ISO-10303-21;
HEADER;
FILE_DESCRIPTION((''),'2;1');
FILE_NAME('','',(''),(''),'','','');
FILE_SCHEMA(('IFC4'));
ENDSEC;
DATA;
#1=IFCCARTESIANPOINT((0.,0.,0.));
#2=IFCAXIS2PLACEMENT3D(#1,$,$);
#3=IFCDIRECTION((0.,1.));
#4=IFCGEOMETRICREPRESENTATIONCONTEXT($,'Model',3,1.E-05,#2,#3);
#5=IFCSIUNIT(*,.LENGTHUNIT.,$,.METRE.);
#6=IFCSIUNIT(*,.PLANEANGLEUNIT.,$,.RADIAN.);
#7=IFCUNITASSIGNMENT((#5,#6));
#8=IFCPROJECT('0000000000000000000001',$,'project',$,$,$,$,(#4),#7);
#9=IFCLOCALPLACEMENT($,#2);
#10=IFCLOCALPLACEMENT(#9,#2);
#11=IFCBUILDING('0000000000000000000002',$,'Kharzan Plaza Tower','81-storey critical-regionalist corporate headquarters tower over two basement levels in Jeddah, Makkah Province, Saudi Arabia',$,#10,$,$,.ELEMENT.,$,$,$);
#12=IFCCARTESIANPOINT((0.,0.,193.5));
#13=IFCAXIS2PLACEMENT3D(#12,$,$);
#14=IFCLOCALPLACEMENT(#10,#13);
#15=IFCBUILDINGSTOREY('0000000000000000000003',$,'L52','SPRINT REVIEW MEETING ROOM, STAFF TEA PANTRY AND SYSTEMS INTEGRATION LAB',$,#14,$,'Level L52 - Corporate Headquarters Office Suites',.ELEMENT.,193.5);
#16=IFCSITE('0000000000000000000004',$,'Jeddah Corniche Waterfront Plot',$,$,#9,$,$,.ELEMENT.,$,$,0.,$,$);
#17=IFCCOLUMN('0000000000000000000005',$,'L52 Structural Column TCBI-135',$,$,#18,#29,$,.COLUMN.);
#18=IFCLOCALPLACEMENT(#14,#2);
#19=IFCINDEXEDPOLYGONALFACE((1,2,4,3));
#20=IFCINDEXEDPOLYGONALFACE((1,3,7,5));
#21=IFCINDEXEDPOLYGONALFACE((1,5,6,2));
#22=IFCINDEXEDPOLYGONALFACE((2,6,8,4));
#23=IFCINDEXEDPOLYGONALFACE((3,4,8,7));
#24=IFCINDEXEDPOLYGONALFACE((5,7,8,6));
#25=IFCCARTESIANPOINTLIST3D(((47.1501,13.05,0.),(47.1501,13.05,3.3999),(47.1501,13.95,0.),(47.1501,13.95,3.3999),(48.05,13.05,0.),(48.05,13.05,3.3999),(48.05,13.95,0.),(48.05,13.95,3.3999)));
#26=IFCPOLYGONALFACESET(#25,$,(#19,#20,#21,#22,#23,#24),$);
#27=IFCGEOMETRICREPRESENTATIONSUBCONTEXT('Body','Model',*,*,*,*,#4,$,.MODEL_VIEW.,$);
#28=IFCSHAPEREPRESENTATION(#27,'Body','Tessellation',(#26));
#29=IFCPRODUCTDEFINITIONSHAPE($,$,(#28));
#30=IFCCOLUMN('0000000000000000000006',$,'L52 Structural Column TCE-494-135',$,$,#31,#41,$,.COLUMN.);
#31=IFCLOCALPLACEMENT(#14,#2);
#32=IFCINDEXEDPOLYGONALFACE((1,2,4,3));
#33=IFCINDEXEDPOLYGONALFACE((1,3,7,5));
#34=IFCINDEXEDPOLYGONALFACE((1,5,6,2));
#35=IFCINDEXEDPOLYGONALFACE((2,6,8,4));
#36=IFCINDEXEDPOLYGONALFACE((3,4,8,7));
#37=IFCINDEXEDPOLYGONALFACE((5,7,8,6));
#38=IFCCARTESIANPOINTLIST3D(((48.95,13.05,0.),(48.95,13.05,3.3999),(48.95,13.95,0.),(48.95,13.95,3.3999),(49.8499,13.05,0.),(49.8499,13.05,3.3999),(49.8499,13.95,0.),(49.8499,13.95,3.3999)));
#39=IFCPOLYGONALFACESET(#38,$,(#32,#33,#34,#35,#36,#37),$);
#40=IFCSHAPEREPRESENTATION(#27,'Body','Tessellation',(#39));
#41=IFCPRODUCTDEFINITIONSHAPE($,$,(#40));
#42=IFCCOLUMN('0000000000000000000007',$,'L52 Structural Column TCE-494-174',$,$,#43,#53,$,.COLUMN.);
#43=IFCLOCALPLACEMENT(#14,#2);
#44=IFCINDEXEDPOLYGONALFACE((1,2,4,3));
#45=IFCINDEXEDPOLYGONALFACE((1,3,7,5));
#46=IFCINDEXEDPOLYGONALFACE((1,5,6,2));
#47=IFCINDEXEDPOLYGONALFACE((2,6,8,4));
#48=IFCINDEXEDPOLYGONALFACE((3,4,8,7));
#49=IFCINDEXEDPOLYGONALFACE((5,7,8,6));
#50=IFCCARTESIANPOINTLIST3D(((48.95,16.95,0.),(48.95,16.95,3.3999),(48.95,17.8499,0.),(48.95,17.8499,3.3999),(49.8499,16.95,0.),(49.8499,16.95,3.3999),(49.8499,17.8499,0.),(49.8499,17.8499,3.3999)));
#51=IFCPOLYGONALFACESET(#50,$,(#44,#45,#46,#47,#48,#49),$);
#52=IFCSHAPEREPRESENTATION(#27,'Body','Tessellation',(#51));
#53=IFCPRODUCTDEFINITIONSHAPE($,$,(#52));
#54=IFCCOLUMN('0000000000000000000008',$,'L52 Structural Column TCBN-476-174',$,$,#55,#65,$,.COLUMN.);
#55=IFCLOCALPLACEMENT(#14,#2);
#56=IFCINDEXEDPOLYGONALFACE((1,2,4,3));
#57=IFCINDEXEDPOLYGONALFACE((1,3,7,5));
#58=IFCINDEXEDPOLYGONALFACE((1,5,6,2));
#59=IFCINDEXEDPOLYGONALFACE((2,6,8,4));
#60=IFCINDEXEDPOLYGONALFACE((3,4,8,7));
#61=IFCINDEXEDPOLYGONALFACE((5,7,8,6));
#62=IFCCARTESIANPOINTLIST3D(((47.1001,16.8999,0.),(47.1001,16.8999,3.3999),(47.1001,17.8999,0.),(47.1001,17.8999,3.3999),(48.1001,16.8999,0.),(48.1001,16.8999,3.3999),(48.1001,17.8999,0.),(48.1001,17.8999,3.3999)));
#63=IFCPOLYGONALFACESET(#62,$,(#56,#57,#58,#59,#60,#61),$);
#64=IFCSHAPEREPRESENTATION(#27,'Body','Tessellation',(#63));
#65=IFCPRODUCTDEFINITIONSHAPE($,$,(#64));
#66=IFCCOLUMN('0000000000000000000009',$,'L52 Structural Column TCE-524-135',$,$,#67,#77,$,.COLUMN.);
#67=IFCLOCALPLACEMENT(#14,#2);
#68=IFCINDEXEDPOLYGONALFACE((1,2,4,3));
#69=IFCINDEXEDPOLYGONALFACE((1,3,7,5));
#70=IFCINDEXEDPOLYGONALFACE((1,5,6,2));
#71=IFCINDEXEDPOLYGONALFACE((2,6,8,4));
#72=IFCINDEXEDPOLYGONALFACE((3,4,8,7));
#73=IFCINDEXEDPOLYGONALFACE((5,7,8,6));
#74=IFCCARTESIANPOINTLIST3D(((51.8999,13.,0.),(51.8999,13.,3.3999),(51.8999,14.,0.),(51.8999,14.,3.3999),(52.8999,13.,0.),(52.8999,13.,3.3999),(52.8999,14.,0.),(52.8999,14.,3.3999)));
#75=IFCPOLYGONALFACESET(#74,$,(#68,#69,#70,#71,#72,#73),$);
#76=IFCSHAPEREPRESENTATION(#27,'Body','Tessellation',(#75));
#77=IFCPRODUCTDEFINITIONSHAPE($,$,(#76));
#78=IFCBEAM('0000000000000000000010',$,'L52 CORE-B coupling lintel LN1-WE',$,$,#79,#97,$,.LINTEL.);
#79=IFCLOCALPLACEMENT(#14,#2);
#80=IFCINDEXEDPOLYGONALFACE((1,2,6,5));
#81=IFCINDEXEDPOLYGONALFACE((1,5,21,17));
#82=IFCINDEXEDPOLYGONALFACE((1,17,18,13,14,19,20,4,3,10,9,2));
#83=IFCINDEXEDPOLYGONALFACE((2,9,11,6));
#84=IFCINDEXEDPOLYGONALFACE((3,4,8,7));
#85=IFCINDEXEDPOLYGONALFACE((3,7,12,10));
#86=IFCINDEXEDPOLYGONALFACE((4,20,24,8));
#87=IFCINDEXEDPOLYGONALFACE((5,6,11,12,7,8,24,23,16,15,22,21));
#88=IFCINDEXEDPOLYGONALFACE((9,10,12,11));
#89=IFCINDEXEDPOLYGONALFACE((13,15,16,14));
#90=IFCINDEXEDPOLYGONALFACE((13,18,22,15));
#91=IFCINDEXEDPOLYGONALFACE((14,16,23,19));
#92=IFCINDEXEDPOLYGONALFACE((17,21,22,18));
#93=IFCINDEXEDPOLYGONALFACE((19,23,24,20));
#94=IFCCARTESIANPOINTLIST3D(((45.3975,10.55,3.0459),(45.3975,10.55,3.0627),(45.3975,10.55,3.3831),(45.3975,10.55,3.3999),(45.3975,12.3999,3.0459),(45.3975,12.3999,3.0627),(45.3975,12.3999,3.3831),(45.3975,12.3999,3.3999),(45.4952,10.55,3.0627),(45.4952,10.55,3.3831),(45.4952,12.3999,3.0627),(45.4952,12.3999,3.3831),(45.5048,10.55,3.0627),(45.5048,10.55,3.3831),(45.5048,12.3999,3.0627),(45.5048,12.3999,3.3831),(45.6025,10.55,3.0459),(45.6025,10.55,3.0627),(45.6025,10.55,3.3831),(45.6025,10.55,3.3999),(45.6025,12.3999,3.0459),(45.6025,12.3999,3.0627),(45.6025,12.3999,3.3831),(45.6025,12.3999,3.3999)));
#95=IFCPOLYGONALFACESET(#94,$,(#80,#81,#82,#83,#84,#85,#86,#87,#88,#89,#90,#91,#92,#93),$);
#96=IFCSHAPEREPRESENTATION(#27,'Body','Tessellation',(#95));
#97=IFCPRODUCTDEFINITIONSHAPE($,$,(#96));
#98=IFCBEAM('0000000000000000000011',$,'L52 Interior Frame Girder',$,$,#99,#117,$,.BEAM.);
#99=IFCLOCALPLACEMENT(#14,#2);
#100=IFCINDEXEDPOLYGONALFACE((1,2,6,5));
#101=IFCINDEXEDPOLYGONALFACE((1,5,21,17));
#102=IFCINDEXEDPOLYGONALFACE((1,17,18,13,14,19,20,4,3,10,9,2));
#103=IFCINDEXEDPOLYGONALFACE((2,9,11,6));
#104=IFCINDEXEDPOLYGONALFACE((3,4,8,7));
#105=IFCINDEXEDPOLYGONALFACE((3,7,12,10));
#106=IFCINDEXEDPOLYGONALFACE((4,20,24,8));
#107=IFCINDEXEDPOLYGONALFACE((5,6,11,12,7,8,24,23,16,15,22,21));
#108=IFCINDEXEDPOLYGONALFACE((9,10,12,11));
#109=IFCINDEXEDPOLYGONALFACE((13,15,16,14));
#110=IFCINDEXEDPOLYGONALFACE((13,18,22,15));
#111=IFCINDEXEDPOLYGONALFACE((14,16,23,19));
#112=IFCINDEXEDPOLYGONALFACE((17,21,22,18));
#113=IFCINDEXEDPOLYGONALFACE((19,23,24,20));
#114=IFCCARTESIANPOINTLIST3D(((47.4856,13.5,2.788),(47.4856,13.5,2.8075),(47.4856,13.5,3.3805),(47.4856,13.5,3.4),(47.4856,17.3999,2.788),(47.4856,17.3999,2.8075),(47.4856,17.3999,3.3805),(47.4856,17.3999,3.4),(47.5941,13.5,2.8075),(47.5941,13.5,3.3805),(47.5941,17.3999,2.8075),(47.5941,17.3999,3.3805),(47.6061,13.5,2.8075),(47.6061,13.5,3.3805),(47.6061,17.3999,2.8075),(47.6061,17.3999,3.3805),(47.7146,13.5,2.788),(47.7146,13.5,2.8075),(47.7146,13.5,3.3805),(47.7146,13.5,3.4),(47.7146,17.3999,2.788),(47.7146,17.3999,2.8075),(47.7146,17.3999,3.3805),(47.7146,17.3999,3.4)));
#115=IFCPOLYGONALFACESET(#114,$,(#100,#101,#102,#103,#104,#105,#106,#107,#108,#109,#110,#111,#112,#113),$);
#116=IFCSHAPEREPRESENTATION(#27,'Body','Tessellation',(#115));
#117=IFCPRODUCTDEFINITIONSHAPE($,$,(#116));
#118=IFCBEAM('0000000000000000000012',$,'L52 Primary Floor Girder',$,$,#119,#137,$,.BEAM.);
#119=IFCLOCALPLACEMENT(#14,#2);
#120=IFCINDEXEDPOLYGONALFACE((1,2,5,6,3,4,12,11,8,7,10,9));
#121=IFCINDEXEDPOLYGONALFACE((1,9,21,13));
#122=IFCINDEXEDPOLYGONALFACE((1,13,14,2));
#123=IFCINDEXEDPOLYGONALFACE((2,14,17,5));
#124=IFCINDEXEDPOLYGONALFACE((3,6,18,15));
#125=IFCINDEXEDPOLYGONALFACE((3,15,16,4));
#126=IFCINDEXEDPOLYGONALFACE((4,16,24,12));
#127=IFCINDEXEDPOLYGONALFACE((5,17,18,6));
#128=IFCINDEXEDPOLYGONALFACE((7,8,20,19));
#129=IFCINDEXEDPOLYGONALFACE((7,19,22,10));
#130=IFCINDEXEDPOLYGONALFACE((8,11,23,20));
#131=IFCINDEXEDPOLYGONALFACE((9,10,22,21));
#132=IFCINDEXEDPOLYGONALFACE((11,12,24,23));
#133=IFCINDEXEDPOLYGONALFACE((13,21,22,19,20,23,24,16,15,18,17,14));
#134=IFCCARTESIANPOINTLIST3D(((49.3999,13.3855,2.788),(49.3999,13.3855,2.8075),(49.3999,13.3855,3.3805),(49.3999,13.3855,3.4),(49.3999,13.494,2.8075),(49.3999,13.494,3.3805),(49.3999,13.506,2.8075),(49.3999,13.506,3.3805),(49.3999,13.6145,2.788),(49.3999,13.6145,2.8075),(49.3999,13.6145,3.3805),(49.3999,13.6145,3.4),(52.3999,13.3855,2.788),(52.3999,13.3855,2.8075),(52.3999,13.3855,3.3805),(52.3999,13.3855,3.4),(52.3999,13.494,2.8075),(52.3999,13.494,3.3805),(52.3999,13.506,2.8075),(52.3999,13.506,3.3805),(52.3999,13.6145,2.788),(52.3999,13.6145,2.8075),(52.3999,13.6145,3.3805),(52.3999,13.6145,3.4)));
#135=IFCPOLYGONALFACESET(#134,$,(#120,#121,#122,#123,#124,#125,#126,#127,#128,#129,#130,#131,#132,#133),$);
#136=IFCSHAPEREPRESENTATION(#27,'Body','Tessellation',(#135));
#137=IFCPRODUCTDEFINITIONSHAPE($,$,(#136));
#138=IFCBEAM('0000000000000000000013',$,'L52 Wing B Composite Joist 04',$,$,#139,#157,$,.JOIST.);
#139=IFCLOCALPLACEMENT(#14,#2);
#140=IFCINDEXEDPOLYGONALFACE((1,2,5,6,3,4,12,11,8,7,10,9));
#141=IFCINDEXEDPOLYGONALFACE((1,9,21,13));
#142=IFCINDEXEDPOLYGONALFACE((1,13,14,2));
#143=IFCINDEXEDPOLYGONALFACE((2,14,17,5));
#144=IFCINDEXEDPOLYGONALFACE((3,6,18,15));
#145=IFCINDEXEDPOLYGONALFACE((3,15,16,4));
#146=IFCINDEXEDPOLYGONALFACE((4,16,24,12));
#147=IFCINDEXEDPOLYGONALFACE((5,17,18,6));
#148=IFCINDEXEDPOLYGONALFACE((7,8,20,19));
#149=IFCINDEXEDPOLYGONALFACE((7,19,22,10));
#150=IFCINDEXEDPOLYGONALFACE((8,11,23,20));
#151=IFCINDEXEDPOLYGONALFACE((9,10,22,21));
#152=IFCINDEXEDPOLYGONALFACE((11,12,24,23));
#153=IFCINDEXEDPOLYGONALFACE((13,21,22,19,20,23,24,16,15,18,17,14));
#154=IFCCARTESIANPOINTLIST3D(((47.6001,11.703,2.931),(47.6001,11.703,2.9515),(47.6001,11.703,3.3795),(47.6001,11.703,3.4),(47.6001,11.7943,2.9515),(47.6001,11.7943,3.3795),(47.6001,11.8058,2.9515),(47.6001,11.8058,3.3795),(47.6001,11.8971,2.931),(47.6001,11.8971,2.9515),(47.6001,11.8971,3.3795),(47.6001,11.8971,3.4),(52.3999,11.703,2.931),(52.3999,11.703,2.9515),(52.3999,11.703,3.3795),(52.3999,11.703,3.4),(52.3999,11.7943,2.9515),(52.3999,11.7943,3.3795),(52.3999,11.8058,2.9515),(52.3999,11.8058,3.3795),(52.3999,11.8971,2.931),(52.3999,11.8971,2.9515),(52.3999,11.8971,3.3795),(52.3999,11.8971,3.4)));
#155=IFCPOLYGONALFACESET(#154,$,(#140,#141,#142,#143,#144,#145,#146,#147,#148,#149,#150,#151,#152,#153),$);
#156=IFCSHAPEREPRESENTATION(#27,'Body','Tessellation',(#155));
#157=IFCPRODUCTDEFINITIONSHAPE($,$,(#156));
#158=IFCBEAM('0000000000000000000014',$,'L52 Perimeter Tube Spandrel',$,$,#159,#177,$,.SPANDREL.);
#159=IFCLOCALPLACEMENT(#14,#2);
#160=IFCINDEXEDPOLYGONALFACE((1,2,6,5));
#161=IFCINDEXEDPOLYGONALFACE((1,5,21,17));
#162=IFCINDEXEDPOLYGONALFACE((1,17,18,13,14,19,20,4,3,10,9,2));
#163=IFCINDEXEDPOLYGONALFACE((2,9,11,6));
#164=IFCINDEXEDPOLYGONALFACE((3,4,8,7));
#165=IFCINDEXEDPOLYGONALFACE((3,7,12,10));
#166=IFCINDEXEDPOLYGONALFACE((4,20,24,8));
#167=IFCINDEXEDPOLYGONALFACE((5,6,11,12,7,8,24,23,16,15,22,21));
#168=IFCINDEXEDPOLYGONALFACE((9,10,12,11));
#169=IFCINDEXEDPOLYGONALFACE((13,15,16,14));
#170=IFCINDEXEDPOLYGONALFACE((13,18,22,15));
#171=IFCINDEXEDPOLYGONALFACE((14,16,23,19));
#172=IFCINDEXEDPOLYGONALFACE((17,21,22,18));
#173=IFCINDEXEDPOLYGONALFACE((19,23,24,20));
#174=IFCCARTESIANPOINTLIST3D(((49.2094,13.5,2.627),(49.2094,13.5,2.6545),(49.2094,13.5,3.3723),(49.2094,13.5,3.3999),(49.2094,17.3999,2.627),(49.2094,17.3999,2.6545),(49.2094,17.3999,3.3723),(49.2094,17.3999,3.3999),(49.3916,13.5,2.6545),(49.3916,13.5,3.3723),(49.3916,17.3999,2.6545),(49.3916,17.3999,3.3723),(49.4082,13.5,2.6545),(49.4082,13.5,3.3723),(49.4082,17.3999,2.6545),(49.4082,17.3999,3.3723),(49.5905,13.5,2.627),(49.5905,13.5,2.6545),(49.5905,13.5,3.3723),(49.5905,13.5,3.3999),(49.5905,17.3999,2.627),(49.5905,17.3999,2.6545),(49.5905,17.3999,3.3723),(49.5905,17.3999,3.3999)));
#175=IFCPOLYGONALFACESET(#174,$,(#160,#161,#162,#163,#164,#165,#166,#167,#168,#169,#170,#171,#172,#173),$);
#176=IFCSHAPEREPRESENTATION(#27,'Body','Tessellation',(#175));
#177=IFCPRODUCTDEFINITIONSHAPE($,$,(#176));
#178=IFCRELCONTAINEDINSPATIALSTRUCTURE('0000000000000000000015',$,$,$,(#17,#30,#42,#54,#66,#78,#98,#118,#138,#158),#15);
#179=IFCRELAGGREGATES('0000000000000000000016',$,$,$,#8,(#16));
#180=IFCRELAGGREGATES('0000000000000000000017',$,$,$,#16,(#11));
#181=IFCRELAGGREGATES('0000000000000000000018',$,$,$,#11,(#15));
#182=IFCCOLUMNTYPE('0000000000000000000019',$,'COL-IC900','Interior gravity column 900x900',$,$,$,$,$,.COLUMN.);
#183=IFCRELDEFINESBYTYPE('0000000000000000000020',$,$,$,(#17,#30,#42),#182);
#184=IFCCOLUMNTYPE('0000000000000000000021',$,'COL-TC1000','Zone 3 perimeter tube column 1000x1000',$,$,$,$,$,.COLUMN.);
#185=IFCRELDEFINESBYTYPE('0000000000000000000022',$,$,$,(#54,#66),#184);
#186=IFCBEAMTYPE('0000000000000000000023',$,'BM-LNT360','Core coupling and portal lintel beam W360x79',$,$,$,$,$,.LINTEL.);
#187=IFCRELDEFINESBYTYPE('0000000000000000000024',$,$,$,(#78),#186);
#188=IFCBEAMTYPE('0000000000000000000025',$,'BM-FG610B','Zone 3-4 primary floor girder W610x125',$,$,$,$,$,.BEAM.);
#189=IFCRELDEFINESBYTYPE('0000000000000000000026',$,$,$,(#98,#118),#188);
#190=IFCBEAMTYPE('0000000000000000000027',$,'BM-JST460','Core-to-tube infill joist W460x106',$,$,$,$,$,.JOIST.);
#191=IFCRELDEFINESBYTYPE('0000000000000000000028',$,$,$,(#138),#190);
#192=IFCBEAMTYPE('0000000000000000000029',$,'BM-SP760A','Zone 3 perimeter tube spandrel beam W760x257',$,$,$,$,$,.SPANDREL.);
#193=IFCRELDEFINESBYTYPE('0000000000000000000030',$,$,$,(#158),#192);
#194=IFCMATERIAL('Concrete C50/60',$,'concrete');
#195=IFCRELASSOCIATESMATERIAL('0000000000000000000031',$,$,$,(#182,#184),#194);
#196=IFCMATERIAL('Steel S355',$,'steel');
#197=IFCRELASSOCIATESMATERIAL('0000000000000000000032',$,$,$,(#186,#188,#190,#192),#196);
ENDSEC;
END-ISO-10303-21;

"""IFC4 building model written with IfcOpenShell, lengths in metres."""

from ifc_helpers import new_model, si_unit, direction, frame, origin, origin_2d, place, context, subcontext, project, spatial, rectangle, i_section, extrude, source, transform, mapped, material, material_profile, profile_set, type_object, element, save


model = new_model("IFC4")

# Units and contexts
model_context = context("Model", 3, precision=1e-05, world=origin(), true_north=direction((0.0, 1.0)))
body_context = subcontext(model_context, "Body", "Model", "MODEL_VIEW")
ifc_project = project(units=[si_unit("LENGTHUNIT", "METRE"), si_unit("PLANEANGLEUNIT", "RADIAN")], contexts=[model_context])

# Site, building, storey
site_placement = place(None, origin())
site = spatial("IfcSite", under=ifc_project, at=site_placement, Name="Jeddah Corniche Waterfront Plot", CompositionType="ELEMENT", RefElevation=0.0)
building_placement = place(site_placement, origin())
building = spatial("IfcBuilding", under=site, at=building_placement, Name="Kharzan Plaza Tower", Description="81-storey critical-regionalist corporate headquarters tower over two basement levels in Jeddah, Makkah Province, Saudi Arabia", CompositionType="ELEMENT")
storey_placement = place(building_placement, frame((0.0, 0.0, 193.5)))
storey = spatial("IfcBuildingStorey", under=building, at=storey_placement, Name="L52", Description="SPRINT REVIEW MEETING ROOM, STAFF TEA PANTRY AND SYSTEMS INTEGRATION LAB", LongName="Level L52 - Corporate Headquarters Office Suites", CompositionType="ELEMENT", Elevation=193.5)

# Columns
ifc_material_1 = material(Name="Concrete C50/60", Category="concrete")
ifc_material_profile_1 = material_profile(ifc_material_1, rectangle(XDim=0.8999, YDim=0.8999, at=origin_2d()), Name="RC-IC900x900")
ifc_profile_set_1 = profile_set([ifc_material_profile_1], Name="Concrete C50/60")
column_type_1 = type_object("IfcColumnType", Name="COL-IC900", Description="Interior gravity column 900x900", PredefinedType="COLUMN", material=ifc_profile_set_1)
shared_shape_1 = source(origin(), body_context, "Body", "SweptSolid", [
    extrude(rectangle(XDim=0.8999, YDim=0.8999, at=origin_2d()), origin(), (0.0, 0.0, 1.0), 3.3999),
])
for number, where, z_axis, x_axis, name in (
    (1, (47.6001, 13.5, 0.0), (0.0, 0.0, 1.0), (1.0, 0.0, 0.0), "L52 Structural Column TCBI-135"),
    (2, (49.3999, 13.5, 0.0), (0.0, 0.0, 1.0), (1.0, 0.0, 0.0), "L52 Structural Column TCE-494-135"),
    (3, (49.3999, 17.3999, 0.0), (0.0, 0.0, 1.0), (1.0, 0.0, 0.0), "L52 Structural Column TCE-494-174"),
):
    element("IfcColumn", number, at=place(storey_placement, frame(where, z_axis=z_axis, x_axis=x_axis)), inside=storey, type_object=column_type_1, Name=name, PredefinedType="COLUMN", context=body_context, shape_type="MappedRepresentation", body=[
        mapped(shared_shape_1, transform((0.0, 0.0, 0.0), x_axis=(1.0, 0.0, 0.0), y_axis=(0.0, 1.0, 0.0), z_axis=(0.0, 0.0, 1.0))),
    ])
ifc_material_profile_2 = material_profile(ifc_material_1, rectangle(XDim=1.0, YDim=1.0, at=origin_2d()), Name="RC-TC1000x1000")
ifc_profile_set_2 = profile_set([ifc_material_profile_2], Name="Concrete C50/60")
column_type_2 = type_object("IfcColumnType", Name="COL-TC1000", Description="Zone 3 perimeter tube column 1000x1000", PredefinedType="COLUMN", material=ifc_profile_set_2)
shared_shape_2 = source(origin(), body_context, "Body", "SweptSolid", [
    extrude(rectangle(XDim=1.0, YDim=1.0, at=origin_2d()), origin(), (0.0, 0.0, 1.0), 3.3999),
])
for number, where, z_axis, x_axis, name in (
    (4, (47.6001, 17.3999, 0.0), (0.0, 0.0, 1.0), (1.0, 0.0, 0.0), "L52 Structural Column TCBN-476-174"),
    (5, (52.3999, 13.5, 0.0), (0.0, 0.0, 1.0), (1.0, 0.0, 0.0), "L52 Structural Column TCE-524-135"),
):
    element("IfcColumn", number, at=place(storey_placement, frame(where, z_axis=z_axis, x_axis=x_axis)), inside=storey, type_object=column_type_2, Name=name, PredefinedType="COLUMN", context=body_context, shape_type="MappedRepresentation", body=[
        mapped(shared_shape_2, transform((0.0, 0.0, 0.0), x_axis=(1.0, 0.0, 0.0), y_axis=(0.0, 1.0, 0.0), z_axis=(0.0, 0.0, 1.0))),
    ])

# Beams
ifc_material_2 = material(Name="Steel S355", Category="steel")
ifc_material_profile_3 = material_profile(ifc_material_2, i_section(OverallWidth=0.2051, OverallDepth=0.354, WebThickness=0.0095, FlangeThickness=0.0168, at=origin_2d()), Name="W360x79")
ifc_profile_set_3 = profile_set([ifc_material_profile_3], Name="Steel S355")
beam_type_1 = type_object("IfcBeamType", Name="BM-LNT360", Description="Core coupling and portal lintel beam W360x79", PredefinedType="LINTEL", material=ifc_profile_set_3)
shared_shape_3 = source(origin(), body_context, "Body", "SweptSolid", [
    extrude(i_section(OverallWidth=0.2051, OverallDepth=0.354, WebThickness=0.0095, FlangeThickness=0.0168, at=origin_2d()), origin(), (0.0, 0.0, 1.0), 1.8499),
])
beam_1_placement = place(storey_placement, frame((45.5, 10.55, 3.2229), z_axis=(0.0, 1.0, 0.0), x_axis=(-1.0, 0.0, 0.0)))
element("IfcBeam", 6, at=beam_1_placement, inside=storey, type_object=beam_type_1, Name="L52 CORE-B coupling lintel LN1-WE", PredefinedType="LINTEL", context=body_context, shape_type="MappedRepresentation", body=[
    mapped(shared_shape_3, transform((0.0, 0.0, 0.0), x_axis=(1.0, 0.0, 0.0), y_axis=(0.0, 1.0, 0.0), z_axis=(0.0, 0.0, 1.0))),
])
ifc_material_profile_4 = material_profile(ifc_material_2, i_section(OverallWidth=0.229, OverallDepth=0.6121, WebThickness=0.012, FlangeThickness=0.0195, at=origin_2d()), Name="W610x125")
ifc_profile_set_4 = profile_set([ifc_material_profile_4], Name="Steel S355")
beam_type_2 = type_object("IfcBeamType", Name="BM-FG610B", Description="Zone 3-4 primary floor girder W610x125", PredefinedType="BEAM", material=ifc_profile_set_4)
shared_shape_4 = source(origin(), body_context, "Body", "SweptSolid", [
    extrude(i_section(OverallWidth=0.229, OverallDepth=0.6121, WebThickness=0.012, FlangeThickness=0.0195, at=origin_2d()), origin(), (0.0, 0.0, 1.0), 3.8999),
])
beam_2_placement = place(storey_placement, frame((47.6001, 13.5, 3.094), z_axis=(0.0, 1.0, 0.0), x_axis=(-1.0, 0.0, 0.0)))
element("IfcBeam", 7, at=beam_2_placement, inside=storey, type_object=beam_type_2, Name="L52 Interior Frame Girder", PredefinedType="BEAM", context=body_context, shape_type="MappedRepresentation", body=[
    mapped(shared_shape_4, transform((0.0, 0.0, 0.0), x_axis=(1.0, 0.0, 0.0), y_axis=(0.0, 1.0, 0.0), z_axis=(0.0, 0.0, 1.0))),
])
shared_shape_5 = source(origin(), body_context, "Body", "SweptSolid", [
    extrude(i_section(OverallWidth=0.229, OverallDepth=0.6121, WebThickness=0.012, FlangeThickness=0.0195, at=origin_2d()), origin(), (0.0, 0.0, 1.0), 3.0),
])
beam_3_placement = place(storey_placement, frame((49.3999, 13.5, 3.094), z_axis=(1.0, 0.0, 0.0), x_axis=(0.0, 1.0, 0.0)))
element("IfcBeam", 8, at=beam_3_placement, inside=storey, type_object=beam_type_2, Name="L52 Primary Floor Girder", PredefinedType="BEAM", context=body_context, shape_type="MappedRepresentation", body=[
    mapped(shared_shape_5, transform((0.0, 0.0, 0.0), x_axis=(1.0, 0.0, 0.0), y_axis=(0.0, 1.0, 0.0), z_axis=(0.0, 0.0, 1.0))),
])
ifc_material_profile_5 = material_profile(ifc_material_2, i_section(OverallWidth=0.1941, OverallDepth=0.469, WebThickness=0.0115, FlangeThickness=0.0205, at=origin_2d()), Name="W460x106")
ifc_profile_set_5 = profile_set([ifc_material_profile_5], Name="Steel S355")
beam_type_3 = type_object("IfcBeamType", Name="BM-JST460", Description="Core-to-tube infill joist W460x106", PredefinedType="JOIST", material=ifc_profile_set_5)
shared_shape_6 = source(origin(), body_context, "Body", "SweptSolid", [
    extrude(i_section(OverallWidth=0.1941, OverallDepth=0.469, WebThickness=0.0115, FlangeThickness=0.0205, at=origin_2d()), origin(), (0.0, 0.0, 1.0), 4.7998),
])
beam_4_placement = place(storey_placement, frame((47.6001, 11.8, 3.1655), z_axis=(1.0, 0.0, 0.0), x_axis=(0.0, 1.0, 0.0)))
element("IfcBeam", 9, at=beam_4_placement, inside=storey, type_object=beam_type_3, Name="L52 Wing B Composite Joist 04", PredefinedType="JOIST", context=body_context, shape_type="MappedRepresentation", body=[
    mapped(shared_shape_6, transform((0.0, 0.0, 0.0), x_axis=(1.0, 0.0, 0.0), y_axis=(0.0, 1.0, 0.0), z_axis=(0.0, 0.0, 1.0))),
])
ifc_material_profile_6 = material_profile(ifc_material_2, i_section(OverallWidth=0.3811, OverallDepth=0.7729, WebThickness=0.0166, FlangeThickness=0.0276, at=origin_2d()), Name="W760x257")
ifc_profile_set_6 = profile_set([ifc_material_profile_6], Name="Steel S355")
beam_type_4 = type_object("IfcBeamType", Name="BM-SP760A", Description="Zone 3 perimeter tube spandrel beam W760x257", PredefinedType="SPANDREL", material=ifc_profile_set_6)
shared_shape_7 = source(origin(), body_context, "Body", "SweptSolid", [
    extrude(i_section(OverallWidth=0.3811, OverallDepth=0.7729, WebThickness=0.0166, FlangeThickness=0.0276, at=origin_2d()), origin(), (0.0, 0.0, 1.0), 3.8999),
])
beam_5_placement = place(storey_placement, frame((49.3999, 13.5, 3.0134), z_axis=(0.0, 1.0, 0.0), x_axis=(-1.0, 0.0, 0.0)))
element("IfcBeam", 10, at=beam_5_placement, inside=storey, type_object=beam_type_4, Name="L52 Perimeter Tube Spandrel", PredefinedType="SPANDREL", context=body_context, shape_type="MappedRepresentation", body=[
    mapped(shared_shape_7, transform((0.0, 0.0, 0.0), x_axis=(1.0, 0.0, 0.0), y_axis=(0.0, 1.0, 0.0), z_axis=(0.0, 0.0, 1.0))),
])

save(model, "model.ifc")
